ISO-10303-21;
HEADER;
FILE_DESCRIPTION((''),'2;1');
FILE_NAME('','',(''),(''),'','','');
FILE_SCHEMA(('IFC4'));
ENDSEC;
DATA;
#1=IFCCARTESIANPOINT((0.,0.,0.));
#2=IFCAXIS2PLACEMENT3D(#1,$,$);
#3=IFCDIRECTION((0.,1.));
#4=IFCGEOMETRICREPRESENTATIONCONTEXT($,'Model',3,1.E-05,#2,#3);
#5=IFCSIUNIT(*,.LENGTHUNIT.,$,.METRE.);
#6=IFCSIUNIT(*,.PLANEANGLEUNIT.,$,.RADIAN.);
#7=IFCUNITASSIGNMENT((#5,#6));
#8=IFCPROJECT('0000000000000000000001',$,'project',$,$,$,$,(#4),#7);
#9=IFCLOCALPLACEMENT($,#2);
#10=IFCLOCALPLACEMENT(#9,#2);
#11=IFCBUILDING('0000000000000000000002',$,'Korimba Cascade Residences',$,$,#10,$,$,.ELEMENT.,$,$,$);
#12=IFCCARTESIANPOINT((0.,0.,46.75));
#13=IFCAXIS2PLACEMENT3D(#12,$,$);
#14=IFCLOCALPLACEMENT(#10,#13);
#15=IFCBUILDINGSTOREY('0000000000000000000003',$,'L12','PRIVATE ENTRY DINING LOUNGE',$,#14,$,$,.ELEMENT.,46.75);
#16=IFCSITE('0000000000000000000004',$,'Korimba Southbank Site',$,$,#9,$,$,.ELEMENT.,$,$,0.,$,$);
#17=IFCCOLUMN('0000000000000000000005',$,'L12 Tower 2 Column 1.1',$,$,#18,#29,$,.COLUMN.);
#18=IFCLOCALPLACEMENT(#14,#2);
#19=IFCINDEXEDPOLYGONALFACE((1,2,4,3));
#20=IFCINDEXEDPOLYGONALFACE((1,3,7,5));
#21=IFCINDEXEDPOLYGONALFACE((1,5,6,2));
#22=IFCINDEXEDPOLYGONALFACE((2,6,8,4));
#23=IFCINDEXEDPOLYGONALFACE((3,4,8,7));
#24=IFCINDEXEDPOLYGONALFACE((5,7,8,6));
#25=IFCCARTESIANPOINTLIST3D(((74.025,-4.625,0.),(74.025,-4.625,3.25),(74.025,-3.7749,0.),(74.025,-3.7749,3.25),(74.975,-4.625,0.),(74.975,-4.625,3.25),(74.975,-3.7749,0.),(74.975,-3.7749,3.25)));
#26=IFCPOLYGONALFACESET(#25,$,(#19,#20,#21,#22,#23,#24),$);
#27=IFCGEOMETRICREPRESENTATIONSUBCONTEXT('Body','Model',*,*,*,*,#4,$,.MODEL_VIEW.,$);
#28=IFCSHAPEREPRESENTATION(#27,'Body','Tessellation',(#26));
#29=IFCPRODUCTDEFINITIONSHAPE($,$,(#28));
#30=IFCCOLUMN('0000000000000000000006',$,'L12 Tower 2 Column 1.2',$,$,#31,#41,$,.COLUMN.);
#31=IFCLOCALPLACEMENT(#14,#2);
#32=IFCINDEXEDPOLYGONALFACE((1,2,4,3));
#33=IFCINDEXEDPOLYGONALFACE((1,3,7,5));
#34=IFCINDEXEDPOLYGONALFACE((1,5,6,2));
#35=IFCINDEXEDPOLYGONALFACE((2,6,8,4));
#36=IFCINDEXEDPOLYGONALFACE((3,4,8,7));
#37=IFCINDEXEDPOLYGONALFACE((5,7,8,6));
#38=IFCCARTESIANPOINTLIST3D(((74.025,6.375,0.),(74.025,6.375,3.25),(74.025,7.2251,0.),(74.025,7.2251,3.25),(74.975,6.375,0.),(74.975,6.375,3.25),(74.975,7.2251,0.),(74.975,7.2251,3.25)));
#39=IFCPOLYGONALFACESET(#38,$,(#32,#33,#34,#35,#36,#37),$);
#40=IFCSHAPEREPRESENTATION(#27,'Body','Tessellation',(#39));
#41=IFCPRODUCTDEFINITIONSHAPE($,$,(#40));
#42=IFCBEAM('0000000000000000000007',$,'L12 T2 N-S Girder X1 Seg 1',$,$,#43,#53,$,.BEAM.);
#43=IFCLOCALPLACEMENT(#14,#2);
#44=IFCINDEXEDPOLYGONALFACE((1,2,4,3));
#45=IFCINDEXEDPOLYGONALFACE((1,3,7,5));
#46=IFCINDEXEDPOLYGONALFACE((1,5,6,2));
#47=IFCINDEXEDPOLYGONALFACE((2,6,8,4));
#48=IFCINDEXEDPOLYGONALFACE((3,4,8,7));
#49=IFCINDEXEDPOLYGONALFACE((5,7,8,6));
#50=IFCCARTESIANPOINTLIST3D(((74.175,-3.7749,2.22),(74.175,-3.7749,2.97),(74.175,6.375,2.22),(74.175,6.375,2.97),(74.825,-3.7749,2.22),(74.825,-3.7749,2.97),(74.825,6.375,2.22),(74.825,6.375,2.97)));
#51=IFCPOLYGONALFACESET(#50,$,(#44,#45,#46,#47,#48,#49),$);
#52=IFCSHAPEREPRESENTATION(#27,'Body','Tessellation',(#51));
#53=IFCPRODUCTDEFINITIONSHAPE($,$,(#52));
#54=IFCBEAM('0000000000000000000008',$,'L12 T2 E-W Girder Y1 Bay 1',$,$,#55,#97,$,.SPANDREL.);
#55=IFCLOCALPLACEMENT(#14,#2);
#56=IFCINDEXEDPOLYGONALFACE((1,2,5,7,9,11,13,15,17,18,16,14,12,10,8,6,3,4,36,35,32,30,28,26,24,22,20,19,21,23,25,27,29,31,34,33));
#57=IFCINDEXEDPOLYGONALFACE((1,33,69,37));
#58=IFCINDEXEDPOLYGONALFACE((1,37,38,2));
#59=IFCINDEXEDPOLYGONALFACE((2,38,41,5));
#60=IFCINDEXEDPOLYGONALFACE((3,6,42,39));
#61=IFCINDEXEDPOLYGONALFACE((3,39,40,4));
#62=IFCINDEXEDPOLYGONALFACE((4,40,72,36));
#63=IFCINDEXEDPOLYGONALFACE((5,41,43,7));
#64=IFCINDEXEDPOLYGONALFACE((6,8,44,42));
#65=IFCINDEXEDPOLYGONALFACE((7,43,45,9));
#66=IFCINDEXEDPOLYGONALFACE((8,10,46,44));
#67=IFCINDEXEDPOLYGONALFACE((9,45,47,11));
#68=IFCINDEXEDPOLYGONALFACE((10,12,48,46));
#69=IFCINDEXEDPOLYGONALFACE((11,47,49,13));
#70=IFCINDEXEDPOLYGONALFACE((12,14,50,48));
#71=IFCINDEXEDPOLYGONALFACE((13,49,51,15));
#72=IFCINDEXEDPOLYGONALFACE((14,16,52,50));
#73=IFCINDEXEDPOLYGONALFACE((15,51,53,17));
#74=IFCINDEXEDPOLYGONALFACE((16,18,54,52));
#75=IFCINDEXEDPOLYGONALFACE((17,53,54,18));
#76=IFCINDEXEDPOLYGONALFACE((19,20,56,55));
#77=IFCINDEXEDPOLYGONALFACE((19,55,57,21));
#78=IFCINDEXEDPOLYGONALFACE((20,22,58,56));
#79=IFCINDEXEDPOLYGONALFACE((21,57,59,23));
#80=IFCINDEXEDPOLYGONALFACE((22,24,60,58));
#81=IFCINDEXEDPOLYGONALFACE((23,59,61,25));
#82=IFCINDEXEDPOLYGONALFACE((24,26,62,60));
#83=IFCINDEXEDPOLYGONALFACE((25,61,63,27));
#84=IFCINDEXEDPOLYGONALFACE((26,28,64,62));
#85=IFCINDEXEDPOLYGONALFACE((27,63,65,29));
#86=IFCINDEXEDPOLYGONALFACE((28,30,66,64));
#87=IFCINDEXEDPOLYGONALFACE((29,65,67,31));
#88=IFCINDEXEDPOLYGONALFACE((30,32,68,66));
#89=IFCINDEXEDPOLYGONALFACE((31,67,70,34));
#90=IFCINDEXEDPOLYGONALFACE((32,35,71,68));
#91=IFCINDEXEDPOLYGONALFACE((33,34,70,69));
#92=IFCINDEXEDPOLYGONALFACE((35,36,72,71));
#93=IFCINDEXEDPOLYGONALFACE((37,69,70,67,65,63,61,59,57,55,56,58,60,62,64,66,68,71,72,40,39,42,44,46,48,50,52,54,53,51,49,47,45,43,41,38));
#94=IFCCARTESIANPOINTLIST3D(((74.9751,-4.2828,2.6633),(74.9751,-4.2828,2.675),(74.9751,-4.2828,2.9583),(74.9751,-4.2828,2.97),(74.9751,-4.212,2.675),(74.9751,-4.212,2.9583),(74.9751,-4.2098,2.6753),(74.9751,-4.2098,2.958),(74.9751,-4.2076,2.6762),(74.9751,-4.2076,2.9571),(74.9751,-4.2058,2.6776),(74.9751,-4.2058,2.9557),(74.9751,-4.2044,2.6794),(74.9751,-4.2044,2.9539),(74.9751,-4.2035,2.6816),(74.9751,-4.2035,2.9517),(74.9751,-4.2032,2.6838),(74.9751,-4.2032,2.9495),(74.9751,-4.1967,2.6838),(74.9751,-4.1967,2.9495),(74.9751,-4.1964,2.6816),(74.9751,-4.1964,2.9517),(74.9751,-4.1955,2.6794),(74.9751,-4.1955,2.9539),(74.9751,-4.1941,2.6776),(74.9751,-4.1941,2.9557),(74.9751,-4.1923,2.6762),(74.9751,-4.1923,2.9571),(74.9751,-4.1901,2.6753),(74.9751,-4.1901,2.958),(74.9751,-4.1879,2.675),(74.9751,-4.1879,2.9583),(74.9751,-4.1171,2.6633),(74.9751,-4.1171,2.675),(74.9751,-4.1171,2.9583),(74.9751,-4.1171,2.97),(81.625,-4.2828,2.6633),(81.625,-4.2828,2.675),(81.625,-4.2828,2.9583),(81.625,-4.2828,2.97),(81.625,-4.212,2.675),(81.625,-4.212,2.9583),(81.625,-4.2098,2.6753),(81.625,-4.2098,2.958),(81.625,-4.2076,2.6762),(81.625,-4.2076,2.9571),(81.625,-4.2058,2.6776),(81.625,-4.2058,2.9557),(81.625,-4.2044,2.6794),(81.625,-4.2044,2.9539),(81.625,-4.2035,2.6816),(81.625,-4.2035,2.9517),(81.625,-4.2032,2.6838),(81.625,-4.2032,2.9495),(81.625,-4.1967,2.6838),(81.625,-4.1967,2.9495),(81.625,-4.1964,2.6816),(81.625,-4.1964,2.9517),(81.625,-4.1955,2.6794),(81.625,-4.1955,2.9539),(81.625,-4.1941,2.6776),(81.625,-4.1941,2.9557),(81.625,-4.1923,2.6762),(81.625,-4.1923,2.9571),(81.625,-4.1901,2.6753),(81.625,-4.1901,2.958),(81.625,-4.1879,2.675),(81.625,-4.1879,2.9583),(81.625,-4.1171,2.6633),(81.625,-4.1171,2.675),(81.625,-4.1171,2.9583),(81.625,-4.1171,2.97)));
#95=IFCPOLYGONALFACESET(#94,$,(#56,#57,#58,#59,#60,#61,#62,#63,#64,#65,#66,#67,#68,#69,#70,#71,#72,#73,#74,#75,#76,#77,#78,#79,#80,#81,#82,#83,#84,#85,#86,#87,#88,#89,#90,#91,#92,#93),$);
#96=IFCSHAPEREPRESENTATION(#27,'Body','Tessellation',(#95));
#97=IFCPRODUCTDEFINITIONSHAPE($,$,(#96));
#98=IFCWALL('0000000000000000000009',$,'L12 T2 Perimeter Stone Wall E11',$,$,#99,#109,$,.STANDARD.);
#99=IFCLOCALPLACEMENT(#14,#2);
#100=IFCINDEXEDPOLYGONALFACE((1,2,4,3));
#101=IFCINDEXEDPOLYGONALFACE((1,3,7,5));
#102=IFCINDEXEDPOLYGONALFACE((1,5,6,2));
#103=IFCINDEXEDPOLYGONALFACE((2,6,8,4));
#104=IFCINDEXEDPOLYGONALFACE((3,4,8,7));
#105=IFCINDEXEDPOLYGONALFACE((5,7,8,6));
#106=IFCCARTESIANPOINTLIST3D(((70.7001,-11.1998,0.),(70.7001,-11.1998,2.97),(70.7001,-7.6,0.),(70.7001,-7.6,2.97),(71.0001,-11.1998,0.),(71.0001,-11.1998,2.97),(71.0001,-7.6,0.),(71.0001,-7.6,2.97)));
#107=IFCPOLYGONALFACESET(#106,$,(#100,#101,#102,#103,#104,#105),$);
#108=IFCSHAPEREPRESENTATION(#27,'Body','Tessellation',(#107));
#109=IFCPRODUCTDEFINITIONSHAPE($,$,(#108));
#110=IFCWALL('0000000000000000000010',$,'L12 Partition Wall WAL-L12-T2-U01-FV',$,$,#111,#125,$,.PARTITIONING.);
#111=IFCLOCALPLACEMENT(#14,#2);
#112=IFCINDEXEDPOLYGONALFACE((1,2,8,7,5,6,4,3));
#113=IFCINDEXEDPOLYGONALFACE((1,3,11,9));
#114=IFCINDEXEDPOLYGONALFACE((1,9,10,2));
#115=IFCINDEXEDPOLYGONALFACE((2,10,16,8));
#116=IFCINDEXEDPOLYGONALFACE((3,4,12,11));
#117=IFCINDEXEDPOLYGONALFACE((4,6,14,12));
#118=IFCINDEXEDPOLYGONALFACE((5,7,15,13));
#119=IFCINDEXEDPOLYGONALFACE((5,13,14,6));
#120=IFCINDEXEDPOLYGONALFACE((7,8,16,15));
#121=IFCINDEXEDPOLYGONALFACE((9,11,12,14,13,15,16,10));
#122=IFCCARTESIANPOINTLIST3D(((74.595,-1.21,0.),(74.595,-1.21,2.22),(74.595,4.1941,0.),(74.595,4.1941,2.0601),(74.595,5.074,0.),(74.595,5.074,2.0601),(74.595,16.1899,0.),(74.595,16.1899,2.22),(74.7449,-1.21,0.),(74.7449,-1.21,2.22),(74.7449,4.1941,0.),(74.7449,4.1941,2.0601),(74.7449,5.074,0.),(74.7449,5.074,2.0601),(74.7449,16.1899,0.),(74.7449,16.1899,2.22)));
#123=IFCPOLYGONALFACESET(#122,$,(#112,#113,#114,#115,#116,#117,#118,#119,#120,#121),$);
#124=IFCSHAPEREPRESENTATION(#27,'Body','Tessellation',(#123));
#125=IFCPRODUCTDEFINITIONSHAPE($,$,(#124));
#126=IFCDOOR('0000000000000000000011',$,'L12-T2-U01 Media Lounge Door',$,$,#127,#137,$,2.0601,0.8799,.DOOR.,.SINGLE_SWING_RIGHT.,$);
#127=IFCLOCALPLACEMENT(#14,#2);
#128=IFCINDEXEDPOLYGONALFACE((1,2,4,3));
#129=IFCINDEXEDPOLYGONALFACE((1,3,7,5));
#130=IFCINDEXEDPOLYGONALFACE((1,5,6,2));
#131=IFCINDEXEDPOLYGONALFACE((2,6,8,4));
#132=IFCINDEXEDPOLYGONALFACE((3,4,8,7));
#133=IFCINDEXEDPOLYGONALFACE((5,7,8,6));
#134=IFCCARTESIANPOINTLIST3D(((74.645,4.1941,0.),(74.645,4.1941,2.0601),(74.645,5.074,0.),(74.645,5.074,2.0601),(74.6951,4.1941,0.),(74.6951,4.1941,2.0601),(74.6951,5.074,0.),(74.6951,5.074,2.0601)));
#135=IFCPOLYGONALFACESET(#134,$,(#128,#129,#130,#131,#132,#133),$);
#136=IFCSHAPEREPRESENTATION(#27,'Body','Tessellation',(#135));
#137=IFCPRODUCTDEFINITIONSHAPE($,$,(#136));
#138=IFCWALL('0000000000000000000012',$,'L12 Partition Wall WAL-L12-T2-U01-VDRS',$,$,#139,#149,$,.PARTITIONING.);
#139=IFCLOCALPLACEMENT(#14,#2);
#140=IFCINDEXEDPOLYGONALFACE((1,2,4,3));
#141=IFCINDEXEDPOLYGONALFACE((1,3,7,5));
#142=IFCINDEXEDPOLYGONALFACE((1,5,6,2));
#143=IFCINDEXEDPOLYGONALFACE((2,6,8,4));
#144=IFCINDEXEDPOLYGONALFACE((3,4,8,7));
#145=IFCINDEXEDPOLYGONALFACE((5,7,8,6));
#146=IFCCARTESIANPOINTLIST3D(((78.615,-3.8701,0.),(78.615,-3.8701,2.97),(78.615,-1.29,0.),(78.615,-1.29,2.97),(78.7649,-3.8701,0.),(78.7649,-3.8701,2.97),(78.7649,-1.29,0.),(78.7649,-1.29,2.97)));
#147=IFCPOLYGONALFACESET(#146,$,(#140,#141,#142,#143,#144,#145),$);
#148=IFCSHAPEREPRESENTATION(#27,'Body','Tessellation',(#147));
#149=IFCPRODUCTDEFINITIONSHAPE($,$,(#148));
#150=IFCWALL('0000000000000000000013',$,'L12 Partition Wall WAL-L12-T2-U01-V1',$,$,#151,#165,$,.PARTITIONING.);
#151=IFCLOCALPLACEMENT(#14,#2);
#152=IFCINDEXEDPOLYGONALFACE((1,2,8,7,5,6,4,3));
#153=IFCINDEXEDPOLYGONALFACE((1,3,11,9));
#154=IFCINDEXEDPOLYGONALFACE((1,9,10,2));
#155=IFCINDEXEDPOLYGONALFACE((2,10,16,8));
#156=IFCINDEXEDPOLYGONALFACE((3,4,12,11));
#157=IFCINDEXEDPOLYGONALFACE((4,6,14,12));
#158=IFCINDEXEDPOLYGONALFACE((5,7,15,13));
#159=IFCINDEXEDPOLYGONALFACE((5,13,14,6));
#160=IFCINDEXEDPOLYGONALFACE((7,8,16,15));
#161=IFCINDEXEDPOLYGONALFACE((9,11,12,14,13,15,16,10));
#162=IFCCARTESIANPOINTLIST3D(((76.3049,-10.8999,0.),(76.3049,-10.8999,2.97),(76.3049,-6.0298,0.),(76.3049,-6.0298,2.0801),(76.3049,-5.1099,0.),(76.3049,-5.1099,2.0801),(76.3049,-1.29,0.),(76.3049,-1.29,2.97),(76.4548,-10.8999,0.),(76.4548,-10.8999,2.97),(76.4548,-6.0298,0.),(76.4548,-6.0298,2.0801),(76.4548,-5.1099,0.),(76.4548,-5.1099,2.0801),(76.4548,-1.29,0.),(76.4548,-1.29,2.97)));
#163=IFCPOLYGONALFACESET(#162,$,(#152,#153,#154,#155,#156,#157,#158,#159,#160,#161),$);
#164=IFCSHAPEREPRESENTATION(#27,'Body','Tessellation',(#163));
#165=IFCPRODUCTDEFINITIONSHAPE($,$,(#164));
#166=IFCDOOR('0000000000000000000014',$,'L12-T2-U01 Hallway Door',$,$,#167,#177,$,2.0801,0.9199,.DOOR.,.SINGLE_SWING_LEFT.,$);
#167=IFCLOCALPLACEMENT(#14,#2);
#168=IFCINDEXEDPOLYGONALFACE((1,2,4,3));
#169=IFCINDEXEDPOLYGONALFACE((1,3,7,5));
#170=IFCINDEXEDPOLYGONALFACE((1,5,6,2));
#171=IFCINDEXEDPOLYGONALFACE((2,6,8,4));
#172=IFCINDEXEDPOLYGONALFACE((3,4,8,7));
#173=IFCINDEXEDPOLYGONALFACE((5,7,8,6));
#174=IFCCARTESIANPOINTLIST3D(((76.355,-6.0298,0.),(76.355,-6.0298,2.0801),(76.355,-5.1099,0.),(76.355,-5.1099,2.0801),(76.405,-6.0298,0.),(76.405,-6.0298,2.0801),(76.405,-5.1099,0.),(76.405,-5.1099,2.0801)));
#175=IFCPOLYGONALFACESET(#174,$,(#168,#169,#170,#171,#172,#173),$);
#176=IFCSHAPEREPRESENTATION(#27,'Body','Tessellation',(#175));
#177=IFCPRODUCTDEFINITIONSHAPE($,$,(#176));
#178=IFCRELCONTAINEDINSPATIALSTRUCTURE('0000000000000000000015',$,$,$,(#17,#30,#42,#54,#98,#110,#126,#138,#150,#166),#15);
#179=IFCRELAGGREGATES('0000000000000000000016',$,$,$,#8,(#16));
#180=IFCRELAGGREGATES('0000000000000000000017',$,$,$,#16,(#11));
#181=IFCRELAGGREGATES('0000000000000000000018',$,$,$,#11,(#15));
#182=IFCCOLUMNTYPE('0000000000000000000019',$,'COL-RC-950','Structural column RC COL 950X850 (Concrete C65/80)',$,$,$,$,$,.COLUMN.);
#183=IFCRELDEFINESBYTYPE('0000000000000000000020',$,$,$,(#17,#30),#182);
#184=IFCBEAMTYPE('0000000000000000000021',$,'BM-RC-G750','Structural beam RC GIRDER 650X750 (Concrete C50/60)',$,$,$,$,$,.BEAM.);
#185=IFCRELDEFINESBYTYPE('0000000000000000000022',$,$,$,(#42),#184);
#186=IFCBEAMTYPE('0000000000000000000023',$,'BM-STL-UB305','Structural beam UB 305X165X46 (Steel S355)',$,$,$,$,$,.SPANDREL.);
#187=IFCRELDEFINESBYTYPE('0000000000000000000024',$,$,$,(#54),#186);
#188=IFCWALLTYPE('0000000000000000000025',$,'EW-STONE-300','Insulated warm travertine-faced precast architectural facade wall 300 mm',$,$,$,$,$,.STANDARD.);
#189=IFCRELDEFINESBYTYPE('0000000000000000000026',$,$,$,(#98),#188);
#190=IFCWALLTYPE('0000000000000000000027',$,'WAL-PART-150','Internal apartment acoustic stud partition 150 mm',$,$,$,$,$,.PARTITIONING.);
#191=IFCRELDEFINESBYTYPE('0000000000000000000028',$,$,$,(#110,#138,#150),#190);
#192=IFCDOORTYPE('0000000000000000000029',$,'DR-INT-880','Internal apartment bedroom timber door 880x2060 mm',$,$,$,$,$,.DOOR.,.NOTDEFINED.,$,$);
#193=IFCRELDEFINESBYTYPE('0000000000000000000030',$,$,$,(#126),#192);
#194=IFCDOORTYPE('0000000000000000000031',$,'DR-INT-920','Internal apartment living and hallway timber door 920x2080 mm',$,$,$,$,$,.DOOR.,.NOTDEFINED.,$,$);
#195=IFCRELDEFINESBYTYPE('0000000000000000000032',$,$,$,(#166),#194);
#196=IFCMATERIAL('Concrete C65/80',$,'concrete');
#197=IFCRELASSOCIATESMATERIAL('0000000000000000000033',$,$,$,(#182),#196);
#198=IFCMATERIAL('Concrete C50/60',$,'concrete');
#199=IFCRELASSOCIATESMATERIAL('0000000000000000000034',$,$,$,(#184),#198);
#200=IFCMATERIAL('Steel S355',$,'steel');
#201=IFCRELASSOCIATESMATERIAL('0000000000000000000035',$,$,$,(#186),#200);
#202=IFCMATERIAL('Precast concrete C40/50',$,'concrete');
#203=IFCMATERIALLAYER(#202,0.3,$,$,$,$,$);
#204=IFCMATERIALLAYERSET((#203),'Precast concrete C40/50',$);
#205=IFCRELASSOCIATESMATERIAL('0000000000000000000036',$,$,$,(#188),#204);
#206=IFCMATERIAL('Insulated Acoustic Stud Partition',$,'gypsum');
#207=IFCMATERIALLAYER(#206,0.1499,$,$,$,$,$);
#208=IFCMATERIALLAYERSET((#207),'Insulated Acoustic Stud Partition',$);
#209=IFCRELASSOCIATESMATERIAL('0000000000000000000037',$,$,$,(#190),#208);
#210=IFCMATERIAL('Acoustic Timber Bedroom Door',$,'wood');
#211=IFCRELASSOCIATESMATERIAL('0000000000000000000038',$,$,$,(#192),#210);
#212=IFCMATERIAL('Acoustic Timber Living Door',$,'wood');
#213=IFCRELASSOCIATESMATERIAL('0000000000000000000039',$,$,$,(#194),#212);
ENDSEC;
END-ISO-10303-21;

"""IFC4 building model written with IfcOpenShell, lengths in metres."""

from ifc_helpers import new_model, si_unit, direction, frame, frame_2d, origin, origin_2d, place, context, subcontext, project, spatial, rectangle, i_section, extrude, material, layer, layer_set, material_profile, profile_set, type_object, element, fill, save


model = new_model("IFC4")

# Units and contexts
model_context = context("Model", 3, precision=1e-05, world=origin(), true_north=direction((0.0, 1.0)))
body_context = subcontext(model_context, "Body", "Model", "MODEL_VIEW")
ifc_project = project(units=[si_unit("LENGTHUNIT", "METRE"), si_unit("PLANEANGLEUNIT", "RADIAN")], contexts=[model_context])

# Site, building, storey
site_placement = place(None, origin())
site = spatial("IfcSite", under=ifc_project, at=site_placement, Name="Korimba Southbank Site", CompositionType="ELEMENT", RefElevation=0.0)
building_placement = place(site_placement, origin())
building = spatial("IfcBuilding", under=site, at=building_placement, Name="Korimba Cascade Residences", CompositionType="ELEMENT")
storey_placement = place(building_placement, frame((0.0, 0.0, 46.75)))
storey = spatial("IfcBuildingStorey", under=building, at=storey_placement, Name="L12", Description="PRIVATE ENTRY DINING LOUNGE", CompositionType="ELEMENT", Elevation=46.75)

# Columns
ifc_material_1 = material(Name="Concrete C65/80", Category="concrete")
ifc_material_profile_1 = material_profile(ifc_material_1, rectangle(XDim=0.95, YDim=0.8501, at=origin_2d()), Name="Concrete C65/80")
ifc_profile_set_1 = profile_set([ifc_material_profile_1], Name="Concrete C65/80")
column_type = type_object("IfcColumnType", Name="COL-RC-950", Description="Structural column RC COL 950X850 (Concrete C65/80)", PredefinedType="COLUMN", material=ifc_profile_set_1)
for number, where, z_axis, x_axis, name in (
    (1, (74.5, -4.2, 0.0), (0.0, 0.0, 1.0), (1.0, 0.0, 0.0), "L12 Tower 2 Column 1.1"),
    (2, (74.5, 6.8, 0.0), (0.0, 0.0, 1.0), (1.0, 0.0, 0.0), "L12 Tower 2 Column 1.2"),
):
    element("IfcColumn", number, at=place(storey_placement, frame(where, z_axis=z_axis, x_axis=x_axis)), inside=storey, type_object=column_type, Name=name, PredefinedType="COLUMN", context=body_context, shape_type="SweptSolid", body=[
        extrude(rectangle(XDim=0.95, YDim=0.8501, at=origin_2d()), origin(), (0.0, 0.0, 1.0), 3.25),
    ])

# Beams
ifc_material_2 = material(Name="Concrete C50/60", Category="concrete")
ifc_material_profile_2 = material_profile(ifc_material_2, rectangle(XDim=0.6499, YDim=0.75, at=origin_2d()), Name="Concrete C50/60")
ifc_profile_set_2 = profile_set([ifc_material_profile_2], Name="Concrete C50/60")
beam_type_1 = type_object("IfcBeamType", Name="BM-RC-G750", Description="Structural beam RC GIRDER 650X750 (Concrete C50/60)", PredefinedType="BEAM", material=ifc_profile_set_2)
beam_1_placement = place(storey_placement, frame((74.5, -3.7749, 2.595), z_axis=(0.0, 1.0, 0.0), x_axis=(-1.0, 0.0, 0.0)))
element("IfcBeam", 3, at=beam_1_placement, inside=storey, type_object=beam_type_1, Name="L12 T2 N-S Girder X1 Seg 1", PredefinedType="BEAM", context=body_context, shape_type="SweptSolid", body=[
    extrude(rectangle(XDim=0.6499, YDim=0.75, at=origin_2d()), origin(), (0.0, 0.0, 1.0), 10.1499),
])
ifc_material_3 = material(Name="Steel S355", Category="steel")
ifc_material_profile_3 = material_profile(ifc_material_3, i_section(OverallWidth=0.1658, OverallDepth=0.3066, WebThickness=0.0066, FlangeThickness=0.0117, FilletRadius=0.0088, at=origin_2d()), Name="Steel S355")
ifc_profile_set_3 = profile_set([ifc_material_profile_3], Name="Steel S355")
beam_type_2 = type_object("IfcBeamType", Name="BM-STL-UB305", Description="Structural beam UB 305X165X46 (Steel S355)", PredefinedType="SPANDREL", material=ifc_profile_set_3)
beam_2_placement = place(storey_placement, frame((74.9751, -4.2, 2.8167), z_axis=(1.0, 0.0, 0.0), x_axis=(0.0, 1.0, 0.0)))
element("IfcBeam", 4, at=beam_2_placement, inside=storey, type_object=beam_type_2, Name="L12 T2 E-W Girder Y1 Bay 1", PredefinedType="SPANDREL", context=body_context, shape_type="SweptSolid", body=[
    extrude(i_section(OverallWidth=0.1658, OverallDepth=0.3066, WebThickness=0.0066, FlangeThickness=0.0117, FilletRadius=0.0088, at=origin_2d()), origin(), (0.0, 0.0, 1.0), 6.6499),
])

# Wall
ifc_material_4 = material(Name="Precast concrete C40/50", Category="concrete")
ifc_layer_1 = layer(ifc_material_4, 0.3)
ifc_layer_set_1 = layer_set([ifc_layer_1], Name="Precast concrete C40/50")
wall_type_1 = type_object("IfcWallType", Name="EW-STONE-300", Description="Insulated warm travertine-faced precast architectural facade wall 300 mm", PredefinedType="STANDARD", material=ifc_layer_set_1)
wall_1_placement = place(storey_placement, frame((70.8501, -7.6001, 0.0), z_axis=(0.0, 0.0, 1.0), x_axis=(0.0, -1.0, 0.0)))
element("IfcWall", 5, at=wall_1_placement, inside=storey, type_object=wall_type_1, Name="L12 T2 Perimeter Stone Wall E11", PredefinedType="STANDARD", context=body_context, shape_type="SweptSolid", body=[
    extrude(rectangle(XDim=3.5999, YDim=0.3, at=frame_2d((1.7998, 0.0))), origin(), (0.0, 0.0, 1.0), 2.97),
])

# Wall, opening, door
ifc_material_5 = material(Name="Insulated Acoustic Stud Partition", Category="gypsum")
ifc_layer_2 = layer(ifc_material_5, 0.1499)
ifc_layer_set_2 = layer_set([ifc_layer_2], Name="Insulated Acoustic Stud Partition")
wall_type_2 = type_object("IfcWallType", Name="WAL-PART-150", Description="Internal apartment acoustic stud partition 150 mm", PredefinedType="PARTITIONING", material=ifc_layer_set_2)
wall_2_placement = place(storey_placement, frame((74.6699, -1.21, 0.0), z_axis=(0.0, 0.0, 1.0), x_axis=(0.0, 1.0, 0.0)))
wall_2 = element("IfcWall", 6, at=wall_2_placement, inside=storey, type_object=wall_type_2, Name="L12 Partition Wall WAL-L12-T2-U01-FV", PredefinedType="PARTITIONING", context=body_context, shape_type="SweptSolid", body=[
    extrude(rectangle(XDim=17.3999, YDim=0.1499, at=frame_2d((8.7, 0.0))), origin(), (0.0, 0.0, 1.0), 2.22),
])
opening_1_placement = place(wall_2_placement, frame((5.4041, 0.0, 0.0)))
opening_1 = element("IfcOpeningElement", 7, at=opening_1_placement, cuts=wall_2, PredefinedType="OPENING", context=body_context, shape_type="SweptSolid", body=[
    extrude(rectangle(XDim=0.8799, YDim=2.0601, at=frame_2d((0.4399, 1.03))), frame((0.0, 0.085, 0.0), z_axis=(0.0, -1.0, 0.0), x_axis=(1.0, 0.0, 0.0)), (0.0, 0.0, 1.0), 0.1699),
])
ifc_material_6 = material(Name="Acoustic Timber Bedroom Door", Category="wood")
door_type_1 = type_object("IfcDoorType", Name="DR-INT-880", Description="Internal apartment bedroom timber door 880x2060 mm", OperationType="NOTDEFINED", PredefinedType="DOOR", material=ifc_material_6)
door_1_placement = place(opening_1_placement, origin())
door_1 = element("IfcDoor", 8, at=door_1_placement, inside=storey, type_object=door_type_1, Name="L12-T2-U01 Media Lounge Door", OperationType="SINGLE_SWING_RIGHT", OverallHeight=2.0601, OverallWidth=0.8799, PredefinedType="DOOR", context=body_context, shape_type="SweptSolid", body=[
    extrude(rectangle(XDim=0.8799, YDim=2.0601, at=frame_2d((0.4399, 1.03))), frame((0.0, 0.0249, 0.0), z_axis=(0.0, -1.0, 0.0), x_axis=(1.0, 0.0, 0.0)), (0.0, 0.0, 1.0), 0.05),
])
fill(opening_1, door_1)

# Wall
wall_3_placement = place(storey_placement, frame((78.6899, -3.8701, 0.0), z_axis=(0.0, 0.0, 1.0), x_axis=(0.0, 1.0, 0.0)))
element("IfcWall", 9, at=wall_3_placement, inside=storey, type_object=wall_type_2, Name="L12 Partition Wall WAL-L12-T2-U01-VDRS", PredefinedType="PARTITIONING", context=body_context, shape_type="SweptSolid", body=[
    extrude(rectangle(XDim=2.5801, YDim=0.1499, at=frame_2d((1.29, 0.0))), origin(), (0.0, 0.0, 1.0), 2.97),
])

# Wall, opening, door
wall_4_placement = place(storey_placement, frame((76.3799, -10.8999, 0.0), z_axis=(0.0, 0.0, 1.0), x_axis=(0.0, 1.0, 0.0)))
wall_4 = element("IfcWall", 10, at=wall_4_placement, inside=storey, type_object=wall_type_2, Name="L12 Partition Wall WAL-L12-T2-U01-V1", PredefinedType="PARTITIONING", context=body_context, shape_type="SweptSolid", body=[
    extrude(rectangle(XDim=9.6099, YDim=0.1499, at=frame_2d((4.8049, 0.0))), origin(), (0.0, 0.0, 1.0), 2.97),
])
opening_2_placement = place(wall_4_placement, frame((4.8701, 0.0, 0.0)))
opening_2 = element("IfcOpeningElement", 11, at=opening_2_placement, cuts=wall_4, PredefinedType="OPENING", context=body_context, shape_type="SweptSolid", body=[
    extrude(rectangle(XDim=0.9199, YDim=2.0801, at=frame_2d((0.46, 1.04))), frame((0.0, 0.085, 0.0), z_axis=(0.0, -1.0, 0.0), x_axis=(1.0, 0.0, 0.0)), (0.0, 0.0, 1.0), 0.1699),
])
ifc_material_7 = material(Name="Acoustic Timber Living Door", Category="wood")
door_type_2 = type_object("IfcDoorType", Name="DR-INT-920", Description="Internal apartment living and hallway timber door 920x2080 mm", OperationType="NOTDEFINED", PredefinedType="DOOR", material=ifc_material_7)
door_2_placement = place(opening_2_placement, origin())
door_2 = element("IfcDoor", 12, at=door_2_placement, inside=storey, type_object=door_type_2, Name="L12-T2-U01 Hallway Door", OperationType="SINGLE_SWING_LEFT", OverallHeight=2.0801, OverallWidth=0.9199, PredefinedType="DOOR", context=body_context, shape_type="SweptSolid", body=[
    extrude(rectangle(XDim=0.9199, YDim=2.0801, at=frame_2d((0.46, 1.04))), frame((0.0, 0.0249, 0.0), z_axis=(0.0, -1.0, 0.0), x_axis=(1.0, 0.0, 0.0)), (0.0, 0.0, 1.0), 0.05),
])
fill(opening_2, door_2)

save(model, "model.ifc")
